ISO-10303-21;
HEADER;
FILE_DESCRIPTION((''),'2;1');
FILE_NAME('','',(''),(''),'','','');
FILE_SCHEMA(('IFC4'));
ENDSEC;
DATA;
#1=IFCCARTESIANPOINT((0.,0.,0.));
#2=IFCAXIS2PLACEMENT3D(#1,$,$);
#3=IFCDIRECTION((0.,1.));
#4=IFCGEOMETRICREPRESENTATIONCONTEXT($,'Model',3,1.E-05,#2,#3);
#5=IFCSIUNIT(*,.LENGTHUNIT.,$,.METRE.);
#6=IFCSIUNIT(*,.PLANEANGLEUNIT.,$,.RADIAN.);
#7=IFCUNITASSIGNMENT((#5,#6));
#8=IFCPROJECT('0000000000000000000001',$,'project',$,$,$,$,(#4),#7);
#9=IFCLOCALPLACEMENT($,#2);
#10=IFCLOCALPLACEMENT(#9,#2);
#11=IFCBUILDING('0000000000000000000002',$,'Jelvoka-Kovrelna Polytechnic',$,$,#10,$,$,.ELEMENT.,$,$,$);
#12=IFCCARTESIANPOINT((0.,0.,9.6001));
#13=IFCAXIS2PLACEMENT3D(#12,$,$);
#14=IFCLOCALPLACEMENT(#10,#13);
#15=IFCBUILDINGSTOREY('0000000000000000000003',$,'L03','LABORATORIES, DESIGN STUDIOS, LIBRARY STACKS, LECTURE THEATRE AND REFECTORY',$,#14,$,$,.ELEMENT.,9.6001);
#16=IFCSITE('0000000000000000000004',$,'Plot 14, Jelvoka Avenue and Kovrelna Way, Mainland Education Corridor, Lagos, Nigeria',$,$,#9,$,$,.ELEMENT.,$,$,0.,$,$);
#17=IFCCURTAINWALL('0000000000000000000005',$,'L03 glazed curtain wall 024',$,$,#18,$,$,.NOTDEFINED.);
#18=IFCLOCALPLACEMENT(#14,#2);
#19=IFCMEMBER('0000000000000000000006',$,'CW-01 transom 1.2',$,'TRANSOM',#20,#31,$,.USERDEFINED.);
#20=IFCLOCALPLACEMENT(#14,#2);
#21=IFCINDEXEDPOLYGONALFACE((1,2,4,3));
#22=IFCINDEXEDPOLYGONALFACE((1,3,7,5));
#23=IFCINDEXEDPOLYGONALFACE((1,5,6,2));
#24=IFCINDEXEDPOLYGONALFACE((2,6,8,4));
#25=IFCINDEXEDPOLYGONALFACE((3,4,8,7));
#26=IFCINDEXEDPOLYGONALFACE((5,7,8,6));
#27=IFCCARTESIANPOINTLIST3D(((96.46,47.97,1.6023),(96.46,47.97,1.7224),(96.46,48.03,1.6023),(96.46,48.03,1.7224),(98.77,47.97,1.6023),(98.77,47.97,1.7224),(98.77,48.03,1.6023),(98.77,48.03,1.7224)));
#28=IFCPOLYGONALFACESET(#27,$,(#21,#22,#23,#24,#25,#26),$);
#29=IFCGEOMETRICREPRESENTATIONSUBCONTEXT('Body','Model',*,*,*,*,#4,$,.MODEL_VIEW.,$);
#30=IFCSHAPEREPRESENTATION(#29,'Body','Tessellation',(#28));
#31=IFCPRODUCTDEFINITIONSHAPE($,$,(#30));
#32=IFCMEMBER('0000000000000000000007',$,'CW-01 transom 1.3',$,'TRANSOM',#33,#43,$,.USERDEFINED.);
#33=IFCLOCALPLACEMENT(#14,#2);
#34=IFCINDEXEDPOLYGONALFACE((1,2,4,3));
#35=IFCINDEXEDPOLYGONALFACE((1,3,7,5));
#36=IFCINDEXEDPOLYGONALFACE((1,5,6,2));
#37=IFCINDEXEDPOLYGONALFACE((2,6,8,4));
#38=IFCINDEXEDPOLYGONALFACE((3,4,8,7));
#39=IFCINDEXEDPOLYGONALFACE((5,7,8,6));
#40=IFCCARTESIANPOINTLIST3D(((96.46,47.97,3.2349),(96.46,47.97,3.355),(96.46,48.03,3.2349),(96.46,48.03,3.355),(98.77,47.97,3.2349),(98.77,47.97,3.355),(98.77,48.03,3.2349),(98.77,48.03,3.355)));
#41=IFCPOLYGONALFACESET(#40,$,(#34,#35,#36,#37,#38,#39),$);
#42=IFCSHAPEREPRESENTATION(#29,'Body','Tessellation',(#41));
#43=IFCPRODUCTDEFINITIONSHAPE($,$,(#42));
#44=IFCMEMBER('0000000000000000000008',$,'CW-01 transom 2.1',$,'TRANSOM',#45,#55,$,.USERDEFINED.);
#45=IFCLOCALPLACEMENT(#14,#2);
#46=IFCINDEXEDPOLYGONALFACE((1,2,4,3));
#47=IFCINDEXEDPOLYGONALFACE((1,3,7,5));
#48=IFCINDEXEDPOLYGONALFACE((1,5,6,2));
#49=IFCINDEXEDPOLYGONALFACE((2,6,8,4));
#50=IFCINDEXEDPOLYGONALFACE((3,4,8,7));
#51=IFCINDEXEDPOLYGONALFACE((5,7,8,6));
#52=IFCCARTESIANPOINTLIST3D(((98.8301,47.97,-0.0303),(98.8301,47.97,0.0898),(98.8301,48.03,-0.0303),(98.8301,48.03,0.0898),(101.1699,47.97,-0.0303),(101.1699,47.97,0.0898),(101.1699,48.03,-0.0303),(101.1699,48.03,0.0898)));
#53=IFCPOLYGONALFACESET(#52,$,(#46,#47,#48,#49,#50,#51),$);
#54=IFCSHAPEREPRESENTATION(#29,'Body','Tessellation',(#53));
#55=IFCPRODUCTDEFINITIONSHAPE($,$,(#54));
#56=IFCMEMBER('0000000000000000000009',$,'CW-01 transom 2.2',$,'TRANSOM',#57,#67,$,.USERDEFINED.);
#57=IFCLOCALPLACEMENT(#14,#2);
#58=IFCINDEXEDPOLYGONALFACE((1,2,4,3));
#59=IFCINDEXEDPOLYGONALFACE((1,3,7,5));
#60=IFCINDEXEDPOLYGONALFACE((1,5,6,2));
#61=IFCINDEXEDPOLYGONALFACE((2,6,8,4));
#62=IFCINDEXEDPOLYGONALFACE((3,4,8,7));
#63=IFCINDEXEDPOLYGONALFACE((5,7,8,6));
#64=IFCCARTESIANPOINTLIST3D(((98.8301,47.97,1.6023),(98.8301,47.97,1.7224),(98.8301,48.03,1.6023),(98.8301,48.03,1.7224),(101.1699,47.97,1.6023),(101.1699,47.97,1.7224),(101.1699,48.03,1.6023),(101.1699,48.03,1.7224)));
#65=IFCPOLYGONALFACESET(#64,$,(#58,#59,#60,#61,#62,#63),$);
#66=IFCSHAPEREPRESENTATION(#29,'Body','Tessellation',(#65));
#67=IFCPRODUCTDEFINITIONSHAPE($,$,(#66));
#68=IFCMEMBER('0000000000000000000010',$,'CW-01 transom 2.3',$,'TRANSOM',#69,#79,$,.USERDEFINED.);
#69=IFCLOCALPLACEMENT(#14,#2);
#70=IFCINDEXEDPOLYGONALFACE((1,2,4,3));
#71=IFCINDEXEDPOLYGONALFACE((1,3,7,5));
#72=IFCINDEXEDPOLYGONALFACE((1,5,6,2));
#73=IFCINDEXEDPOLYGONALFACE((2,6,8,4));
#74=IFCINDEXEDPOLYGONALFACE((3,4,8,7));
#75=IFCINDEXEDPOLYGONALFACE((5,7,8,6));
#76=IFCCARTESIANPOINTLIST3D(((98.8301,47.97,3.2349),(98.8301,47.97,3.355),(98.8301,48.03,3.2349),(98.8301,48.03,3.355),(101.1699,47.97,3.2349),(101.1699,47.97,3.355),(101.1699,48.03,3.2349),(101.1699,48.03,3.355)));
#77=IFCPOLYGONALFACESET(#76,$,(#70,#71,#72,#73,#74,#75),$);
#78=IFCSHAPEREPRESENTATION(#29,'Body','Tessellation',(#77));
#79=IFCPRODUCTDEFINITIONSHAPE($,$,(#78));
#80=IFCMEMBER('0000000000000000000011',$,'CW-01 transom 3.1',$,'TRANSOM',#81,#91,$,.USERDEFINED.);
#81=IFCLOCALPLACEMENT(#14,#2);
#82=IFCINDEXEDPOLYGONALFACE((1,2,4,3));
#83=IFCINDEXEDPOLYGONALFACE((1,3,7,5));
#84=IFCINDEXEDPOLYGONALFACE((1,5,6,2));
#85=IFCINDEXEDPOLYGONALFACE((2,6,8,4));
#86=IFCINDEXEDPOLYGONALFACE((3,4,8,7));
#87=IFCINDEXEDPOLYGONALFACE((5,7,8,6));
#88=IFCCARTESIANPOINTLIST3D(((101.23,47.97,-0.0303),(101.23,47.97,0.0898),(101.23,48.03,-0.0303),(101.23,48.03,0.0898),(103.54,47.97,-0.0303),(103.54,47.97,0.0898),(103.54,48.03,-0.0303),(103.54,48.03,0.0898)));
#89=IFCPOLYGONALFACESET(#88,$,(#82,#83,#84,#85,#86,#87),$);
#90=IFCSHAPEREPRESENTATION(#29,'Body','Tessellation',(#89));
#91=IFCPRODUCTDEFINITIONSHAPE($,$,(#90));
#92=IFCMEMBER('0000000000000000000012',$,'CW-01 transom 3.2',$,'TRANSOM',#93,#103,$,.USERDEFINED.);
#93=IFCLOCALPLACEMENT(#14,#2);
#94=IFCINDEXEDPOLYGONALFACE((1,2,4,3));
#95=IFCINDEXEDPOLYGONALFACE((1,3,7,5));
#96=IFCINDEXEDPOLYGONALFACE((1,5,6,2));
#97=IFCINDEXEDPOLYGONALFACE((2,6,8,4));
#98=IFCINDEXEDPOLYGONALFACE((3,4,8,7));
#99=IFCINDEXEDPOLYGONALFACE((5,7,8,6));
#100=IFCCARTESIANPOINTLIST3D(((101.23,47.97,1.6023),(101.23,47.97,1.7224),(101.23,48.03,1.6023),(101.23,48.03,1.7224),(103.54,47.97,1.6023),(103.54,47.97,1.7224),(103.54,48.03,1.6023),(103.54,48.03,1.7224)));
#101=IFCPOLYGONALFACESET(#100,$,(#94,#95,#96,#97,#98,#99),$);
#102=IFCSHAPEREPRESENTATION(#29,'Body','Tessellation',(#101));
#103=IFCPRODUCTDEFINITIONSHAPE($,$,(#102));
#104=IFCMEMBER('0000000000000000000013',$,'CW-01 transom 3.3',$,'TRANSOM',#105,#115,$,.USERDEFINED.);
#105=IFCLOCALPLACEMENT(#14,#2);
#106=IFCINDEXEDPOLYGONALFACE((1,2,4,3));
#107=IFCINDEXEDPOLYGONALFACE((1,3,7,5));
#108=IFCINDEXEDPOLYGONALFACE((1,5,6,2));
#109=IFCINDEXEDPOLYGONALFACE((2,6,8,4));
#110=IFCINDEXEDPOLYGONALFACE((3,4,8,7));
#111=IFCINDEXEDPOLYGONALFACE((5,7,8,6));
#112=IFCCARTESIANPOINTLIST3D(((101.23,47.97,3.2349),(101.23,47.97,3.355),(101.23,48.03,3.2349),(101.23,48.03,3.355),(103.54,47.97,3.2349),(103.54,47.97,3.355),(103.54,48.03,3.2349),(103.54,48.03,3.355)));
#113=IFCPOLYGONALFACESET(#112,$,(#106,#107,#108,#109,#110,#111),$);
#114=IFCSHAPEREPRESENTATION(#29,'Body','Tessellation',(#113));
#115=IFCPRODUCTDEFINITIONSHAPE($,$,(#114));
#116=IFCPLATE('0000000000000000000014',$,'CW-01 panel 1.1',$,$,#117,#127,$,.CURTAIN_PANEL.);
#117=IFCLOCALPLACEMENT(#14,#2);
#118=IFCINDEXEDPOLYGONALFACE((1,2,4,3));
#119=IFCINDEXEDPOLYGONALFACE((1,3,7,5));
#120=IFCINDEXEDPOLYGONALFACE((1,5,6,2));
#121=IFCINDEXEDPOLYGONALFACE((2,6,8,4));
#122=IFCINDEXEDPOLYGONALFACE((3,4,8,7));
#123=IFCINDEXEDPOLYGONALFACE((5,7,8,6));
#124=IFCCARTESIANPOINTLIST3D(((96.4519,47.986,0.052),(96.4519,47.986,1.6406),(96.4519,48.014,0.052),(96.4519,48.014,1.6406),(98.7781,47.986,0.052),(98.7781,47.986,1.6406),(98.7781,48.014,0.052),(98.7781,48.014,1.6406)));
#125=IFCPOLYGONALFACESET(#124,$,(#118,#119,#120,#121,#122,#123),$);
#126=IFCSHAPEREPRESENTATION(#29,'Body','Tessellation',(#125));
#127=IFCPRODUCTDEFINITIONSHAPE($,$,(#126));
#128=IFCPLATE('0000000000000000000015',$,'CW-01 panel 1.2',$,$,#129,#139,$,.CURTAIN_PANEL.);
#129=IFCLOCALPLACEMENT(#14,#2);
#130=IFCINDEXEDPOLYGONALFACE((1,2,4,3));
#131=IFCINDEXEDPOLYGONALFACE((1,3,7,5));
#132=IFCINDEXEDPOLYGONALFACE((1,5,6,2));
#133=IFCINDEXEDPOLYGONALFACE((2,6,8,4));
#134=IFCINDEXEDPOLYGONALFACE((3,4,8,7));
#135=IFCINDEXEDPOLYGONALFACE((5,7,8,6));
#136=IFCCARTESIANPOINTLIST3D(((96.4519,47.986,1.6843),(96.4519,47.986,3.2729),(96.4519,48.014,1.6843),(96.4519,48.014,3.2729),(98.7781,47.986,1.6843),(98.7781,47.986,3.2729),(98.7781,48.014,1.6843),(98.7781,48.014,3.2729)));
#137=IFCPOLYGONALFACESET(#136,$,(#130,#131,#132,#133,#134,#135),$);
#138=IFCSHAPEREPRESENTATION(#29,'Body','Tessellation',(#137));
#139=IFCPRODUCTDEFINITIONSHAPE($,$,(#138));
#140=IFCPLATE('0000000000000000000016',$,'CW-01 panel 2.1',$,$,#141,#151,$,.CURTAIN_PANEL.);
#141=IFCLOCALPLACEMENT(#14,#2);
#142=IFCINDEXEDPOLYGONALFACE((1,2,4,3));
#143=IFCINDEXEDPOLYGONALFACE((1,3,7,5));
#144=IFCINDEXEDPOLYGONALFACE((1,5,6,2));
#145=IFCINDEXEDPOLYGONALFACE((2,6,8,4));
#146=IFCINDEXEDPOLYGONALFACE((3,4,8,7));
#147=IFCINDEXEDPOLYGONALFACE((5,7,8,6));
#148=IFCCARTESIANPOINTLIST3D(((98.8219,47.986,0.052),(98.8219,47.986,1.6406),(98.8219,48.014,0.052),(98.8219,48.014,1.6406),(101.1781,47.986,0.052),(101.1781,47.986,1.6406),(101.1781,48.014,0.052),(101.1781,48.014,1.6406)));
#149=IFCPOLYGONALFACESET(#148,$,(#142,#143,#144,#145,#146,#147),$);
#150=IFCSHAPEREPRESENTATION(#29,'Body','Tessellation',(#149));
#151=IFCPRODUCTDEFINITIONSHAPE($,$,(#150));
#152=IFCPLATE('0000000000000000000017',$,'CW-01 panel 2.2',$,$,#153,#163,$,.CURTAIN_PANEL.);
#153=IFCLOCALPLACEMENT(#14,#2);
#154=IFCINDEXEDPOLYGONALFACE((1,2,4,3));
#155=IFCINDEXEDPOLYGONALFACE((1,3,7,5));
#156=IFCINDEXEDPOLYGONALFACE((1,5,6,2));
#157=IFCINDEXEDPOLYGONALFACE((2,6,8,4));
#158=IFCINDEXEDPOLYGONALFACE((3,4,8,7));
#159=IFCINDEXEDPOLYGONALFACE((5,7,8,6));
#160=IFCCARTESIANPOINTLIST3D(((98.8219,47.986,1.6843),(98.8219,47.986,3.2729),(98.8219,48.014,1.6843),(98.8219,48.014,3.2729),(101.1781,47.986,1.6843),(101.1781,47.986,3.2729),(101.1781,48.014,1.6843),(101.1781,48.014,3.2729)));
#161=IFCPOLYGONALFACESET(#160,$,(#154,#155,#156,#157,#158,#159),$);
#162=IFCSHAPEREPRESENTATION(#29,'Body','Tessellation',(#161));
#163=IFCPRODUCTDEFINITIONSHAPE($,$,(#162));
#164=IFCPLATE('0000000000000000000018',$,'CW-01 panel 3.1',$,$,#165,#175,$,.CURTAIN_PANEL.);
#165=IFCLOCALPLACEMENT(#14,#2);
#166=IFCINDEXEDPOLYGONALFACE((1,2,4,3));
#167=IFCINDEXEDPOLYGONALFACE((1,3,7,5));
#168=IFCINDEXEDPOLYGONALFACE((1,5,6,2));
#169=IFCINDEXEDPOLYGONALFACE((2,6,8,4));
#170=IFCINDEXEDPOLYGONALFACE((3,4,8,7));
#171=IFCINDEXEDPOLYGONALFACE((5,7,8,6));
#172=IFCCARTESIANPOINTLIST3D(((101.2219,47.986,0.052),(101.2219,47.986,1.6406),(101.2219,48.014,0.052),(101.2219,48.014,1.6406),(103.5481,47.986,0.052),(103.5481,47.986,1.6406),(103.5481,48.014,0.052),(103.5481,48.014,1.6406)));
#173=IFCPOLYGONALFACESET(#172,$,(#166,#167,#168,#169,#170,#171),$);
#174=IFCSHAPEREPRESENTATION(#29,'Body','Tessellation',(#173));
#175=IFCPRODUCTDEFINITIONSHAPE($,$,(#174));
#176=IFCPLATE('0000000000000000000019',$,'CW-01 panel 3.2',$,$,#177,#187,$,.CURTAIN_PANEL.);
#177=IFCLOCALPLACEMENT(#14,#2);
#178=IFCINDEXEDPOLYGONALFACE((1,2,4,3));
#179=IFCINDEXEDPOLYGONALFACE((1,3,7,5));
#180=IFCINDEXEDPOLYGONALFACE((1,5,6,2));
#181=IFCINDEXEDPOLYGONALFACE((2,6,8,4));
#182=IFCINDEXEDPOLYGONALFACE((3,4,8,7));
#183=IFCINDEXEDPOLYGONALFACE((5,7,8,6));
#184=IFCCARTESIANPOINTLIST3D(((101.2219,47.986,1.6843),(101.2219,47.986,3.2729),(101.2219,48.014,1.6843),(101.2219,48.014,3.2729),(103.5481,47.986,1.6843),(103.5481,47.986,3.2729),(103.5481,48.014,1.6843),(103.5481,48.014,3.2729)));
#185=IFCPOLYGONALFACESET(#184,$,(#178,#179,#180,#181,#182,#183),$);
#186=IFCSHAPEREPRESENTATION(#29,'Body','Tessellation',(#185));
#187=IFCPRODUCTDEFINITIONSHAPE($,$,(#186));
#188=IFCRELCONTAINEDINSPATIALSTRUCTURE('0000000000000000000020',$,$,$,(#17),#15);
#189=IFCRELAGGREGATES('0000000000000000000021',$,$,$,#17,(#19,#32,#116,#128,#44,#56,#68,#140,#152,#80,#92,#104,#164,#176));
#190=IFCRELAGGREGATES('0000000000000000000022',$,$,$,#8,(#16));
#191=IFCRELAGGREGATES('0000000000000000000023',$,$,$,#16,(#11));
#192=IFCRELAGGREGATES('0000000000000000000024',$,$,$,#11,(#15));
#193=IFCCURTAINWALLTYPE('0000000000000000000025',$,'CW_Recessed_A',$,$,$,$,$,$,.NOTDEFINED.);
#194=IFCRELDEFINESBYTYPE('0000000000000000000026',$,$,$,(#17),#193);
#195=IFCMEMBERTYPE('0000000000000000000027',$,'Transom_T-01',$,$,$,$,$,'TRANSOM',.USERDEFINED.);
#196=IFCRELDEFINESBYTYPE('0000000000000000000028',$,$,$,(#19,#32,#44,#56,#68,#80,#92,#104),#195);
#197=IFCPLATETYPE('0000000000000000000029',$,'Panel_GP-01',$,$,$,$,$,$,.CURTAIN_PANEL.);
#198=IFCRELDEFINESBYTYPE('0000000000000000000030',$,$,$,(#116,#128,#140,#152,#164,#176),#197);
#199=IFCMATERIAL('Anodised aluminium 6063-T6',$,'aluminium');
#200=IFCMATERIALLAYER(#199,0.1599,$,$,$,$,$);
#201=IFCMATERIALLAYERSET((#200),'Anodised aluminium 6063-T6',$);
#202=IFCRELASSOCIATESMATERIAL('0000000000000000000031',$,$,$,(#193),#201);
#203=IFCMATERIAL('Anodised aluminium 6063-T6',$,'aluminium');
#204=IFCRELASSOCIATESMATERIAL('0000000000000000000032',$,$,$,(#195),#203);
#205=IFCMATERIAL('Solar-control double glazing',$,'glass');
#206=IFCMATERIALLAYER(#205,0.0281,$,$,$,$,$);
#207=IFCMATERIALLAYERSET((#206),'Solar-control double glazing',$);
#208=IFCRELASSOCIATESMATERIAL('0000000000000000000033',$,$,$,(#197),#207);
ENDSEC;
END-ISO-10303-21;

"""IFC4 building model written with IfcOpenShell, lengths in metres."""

from ifc_helpers import new_model, si_unit, direction, frame, origin, origin_2d, place, context, subcontext, project, spatial, rectangle, extrude, material, layer, layer_set, material_profile, profile_set, type_object, element, aggregate, save


model = new_model("IFC4")

# Units and contexts
model_context = context("Model", 3, precision=1e-05, world=origin(), true_north=direction((0.0, 1.0)))
body_context = subcontext(model_context, "Body", "Model", "MODEL_VIEW")
ifc_project = project(units=[si_unit("LENGTHUNIT", "METRE"), si_unit("PLANEANGLEUNIT", "RADIAN")], contexts=[model_context])

# Site, building, storey
site_placement = place(None, origin())
site = spatial("IfcSite", under=ifc_project, at=site_placement, Name="Plot 14, Jelvoka Avenue and Kovrelna Way, Mainland Education Corridor, Lagos, Nigeria", CompositionType="ELEMENT", RefElevation=0.0)
building_placement = place(site_placement, origin())
building = spatial("IfcBuilding", under=site, at=building_placement, Name="Jelvoka-Kovrelna Polytechnic", CompositionType="ELEMENT")
storey_placement = place(building_placement, frame((0.0, 0.0, 9.6001)))
storey = spatial("IfcBuildingStorey", under=building, at=storey_placement, Name="L03", Description="LABORATORIES, DESIGN STUDIOS, LIBRARY STACKS, LECTURE THEATRE AND REFECTORY", CompositionType="ELEMENT", Elevation=9.6001)

# Curtain wall
ifc_material_1 = material(Name="Anodised aluminium 6063-T6", Category="aluminium")
ifc_layer_1 = layer(ifc_material_1, 0.1599)
ifc_layer_set_1 = layer_set([ifc_layer_1], Name="Anodised aluminium 6063-T6")
curtain_wall_type = type_object("IfcCurtainWallType", Name="CW_Recessed_A", PredefinedType="NOTDEFINED", material=ifc_layer_set_1)
curtain_wall_placement = place(storey_placement, origin())
curtain_wall = element("IfcCurtainWall", 1, at=curtain_wall_placement, inside=storey, type_object=curtain_wall_type, Name="L03 glazed curtain wall 024", PredefinedType="NOTDEFINED")

# Members
ifc_material_2 = material(Name="Anodised aluminium 6063-T6", Category="aluminium")
ifc_material_profile_1 = material_profile(ifc_material_2, rectangle(XDim=0.0601, YDim=0.1201, at=origin_2d()), Name="ALU 60x120")
ifc_profile_set_1 = profile_set([ifc_material_profile_1], Name="Anodised aluminium 6063-T6")
member_type_1 = type_object("IfcMemberType", Name="Transom_T-01", ElementType="TRANSOM", PredefinedType="USERDEFINED", material=ifc_profile_set_1)
member_1_placement = place(storey_placement, frame((96.46, 48.0, 1.6624), z_axis=(1.0, 0.0, 0.0), x_axis=(0.0, 1.0, 0.0)))
member_1 = element("IfcMember", 2, at=member_1_placement, type_object=member_type_1, Name="CW-01 transom 1.2", ObjectType="TRANSOM", PredefinedType="USERDEFINED", context=body_context, shape_type="SweptSolid", body=[
    extrude(rectangle(XDim=0.0601, YDim=0.1201, at=origin_2d()), origin(), (0.0, 0.0, 1.0), 2.3101),
])
member_2_placement = place(storey_placement, frame((96.46, 48.0, 3.2949), z_axis=(1.0, 0.0, 0.0), x_axis=(0.0, 1.0, 0.0)))
member_2 = element("IfcMember", 3, at=member_2_placement, type_object=member_type_1, Name="CW-01 transom 1.3", ObjectType="TRANSOM", PredefinedType="USERDEFINED", context=body_context, shape_type="SweptSolid", body=[
    extrude(rectangle(XDim=0.0601, YDim=0.1201, at=origin_2d()), origin(), (0.0, 0.0, 1.0), 2.3101),
])
member_3_placement = place(storey_placement, frame((98.8301, 48.0, 0.0298), z_axis=(1.0, 0.0, 0.0), x_axis=(0.0, 1.0, 0.0)))
member_3 = element("IfcMember", 4, at=member_3_placement, type_object=member_type_1, Name="CW-01 transom 2.1", ObjectType="TRANSOM", PredefinedType="USERDEFINED", context=body_context, shape_type="SweptSolid", body=[
    extrude(rectangle(XDim=0.0601, YDim=0.1201, at=origin_2d()), origin(), (0.0, 0.0, 1.0), 2.3398),
])
member_4_placement = place(storey_placement, frame((98.8301, 48.0, 1.6624), z_axis=(1.0, 0.0, 0.0), x_axis=(0.0, 1.0, 0.0)))
member_4 = element("IfcMember", 5, at=member_4_placement, type_object=member_type_1, Name="CW-01 transom 2.2", ObjectType="TRANSOM", PredefinedType="USERDEFINED", context=body_context, shape_type="SweptSolid", body=[
    extrude(rectangle(XDim=0.0601, YDim=0.1201, at=origin_2d()), origin(), (0.0, 0.0, 1.0), 2.3398),
])
member_5_placement = place(storey_placement, frame((98.8301, 48.0, 3.2949), z_axis=(1.0, 0.0, 0.0), x_axis=(0.0, 1.0, 0.0)))
member_5 = element("IfcMember", 6, at=member_5_placement, type_object=member_type_1, Name="CW-01 transom 2.3", ObjectType="TRANSOM", PredefinedType="USERDEFINED", context=body_context, shape_type="SweptSolid", body=[
    extrude(rectangle(XDim=0.0601, YDim=0.1201, at=origin_2d()), origin(), (0.0, 0.0, 1.0), 2.3398),
])
member_6_placement = place(storey_placement, frame((101.23, 48.0, 0.0298), z_axis=(1.0, 0.0, 0.0), x_axis=(0.0, 1.0, 0.0)))
member_6 = element("IfcMember", 7, at=member_6_placement, type_object=member_type_1, Name="CW-01 transom 3.1", ObjectType="TRANSOM", PredefinedType="USERDEFINED", context=body_context, shape_type="SweptSolid", body=[
    extrude(rectangle(XDim=0.0601, YDim=0.1201, at=origin_2d()), origin(), (0.0, 0.0, 1.0), 2.3101),
])
member_7_placement = place(storey_placement, frame((101.23, 48.0, 1.6624), z_axis=(1.0, 0.0, 0.0), x_axis=(0.0, 1.0, 0.0)))
member_7 = element("IfcMember", 8, at=member_7_placement, type_object=member_type_1, Name="CW-01 transom 3.2", ObjectType="TRANSOM", PredefinedType="USERDEFINED", context=body_context, shape_type="SweptSolid", body=[
    extrude(rectangle(XDim=0.0601, YDim=0.1201, at=origin_2d()), origin(), (0.0, 0.0, 1.0), 2.3101),
])
member_8_placement = place(storey_placement, frame((101.23, 48.0, 3.2949), z_axis=(1.0, 0.0, 0.0), x_axis=(0.0, 1.0, 0.0)))
member_8 = element("IfcMember", 9, at=member_8_placement, type_object=member_type_1, Name="CW-01 transom 3.3", ObjectType="TRANSOM", PredefinedType="USERDEFINED", context=body_context, shape_type="SweptSolid", body=[
    extrude(rectangle(XDim=0.0601, YDim=0.1201, at=origin_2d()), origin(), (0.0, 0.0, 1.0), 2.3101),
])

# Plates
ifc_material_3 = material(Name="Solar-control double glazing", Category="glass")
ifc_layer_2 = layer(ifc_material_3, 0.0281)
ifc_layer_set_2 = layer_set([ifc_layer_2], Name="Solar-control double glazing")
plate_type = type_object("IfcPlateType", Name="Panel_GP-01", PredefinedType="CURTAIN_PANEL", material=ifc_layer_set_2)
plate_1_placement = place(storey_placement, frame((97.615, 48.0, 0.052), z_axis=(0.0, 0.0, 1.0), x_axis=(1.0, 0.0, 0.0)))
plate_1 = element("IfcPlate", 10, at=plate_1_placement, type_object=plate_type, Name="CW-01 panel 1.1", PredefinedType="CURTAIN_PANEL", context=body_context, shape_type="SweptSolid", body=[
    extrude(rectangle(XDim=2.3262, YDim=0.0281, at=origin_2d()), origin(), (0.0, 0.0, 1.0), 1.5886),
])
plate_2_placement = place(storey_placement, frame((97.615, 48.0, 1.6843), z_axis=(0.0, 0.0, 1.0), x_axis=(1.0, 0.0, 0.0)))
plate_2 = element("IfcPlate", 11, at=plate_2_placement, type_object=plate_type, Name="CW-01 panel 1.2", PredefinedType="CURTAIN_PANEL", context=body_context, shape_type="SweptSolid", body=[
    extrude(rectangle(XDim=2.3262, YDim=0.0281, at=origin_2d()), origin(), (0.0, 0.0, 1.0), 1.5886),
])
plate_3_placement = place(storey_placement, frame((100.0, 48.0, 0.052), z_axis=(0.0, 0.0, 1.0), x_axis=(1.0, 0.0, 0.0)))
plate_3 = element("IfcPlate", 12, at=plate_3_placement, type_object=plate_type, Name="CW-01 panel 2.1", PredefinedType="CURTAIN_PANEL", context=body_context, shape_type="SweptSolid", body=[
    extrude(rectangle(XDim=2.3562, YDim=0.0281, at=origin_2d()), origin(), (0.0, 0.0, 1.0), 1.5886),
])
plate_4_placement = place(storey_placement, frame((100.0, 48.0, 1.6843), z_axis=(0.0, 0.0, 1.0), x_axis=(1.0, 0.0, 0.0)))
plate_4 = element("IfcPlate", 13, at=plate_4_placement, type_object=plate_type, Name="CW-01 panel 2.2", PredefinedType="CURTAIN_PANEL", context=body_context, shape_type="SweptSolid", body=[
    extrude(rectangle(XDim=2.3562, YDim=0.0281, at=origin_2d()), origin(), (0.0, 0.0, 1.0), 1.5886),
])
plate_5_placement = place(storey_placement, frame((102.385, 48.0, 0.052), z_axis=(0.0, 0.0, 1.0), x_axis=(1.0, 0.0, 0.0)))
plate_5 = element("IfcPlate", 14, at=plate_5_placement, type_object=plate_type, Name="CW-01 panel 3.1", PredefinedType="CURTAIN_PANEL", context=body_context, shape_type="SweptSolid", body=[
    extrude(rectangle(XDim=2.3262, YDim=0.0281, at=origin_2d()), origin(), (0.0, 0.0, 1.0), 1.5886),
])
plate_6_placement = place(storey_placement, frame((102.385, 48.0, 1.6843), z_axis=(0.0, 0.0, 1.0), x_axis=(1.0, 0.0, 0.0)))
plate_6 = element("IfcPlate", 15, at=plate_6_placement, type_object=plate_type, Name="CW-01 panel 3.2", PredefinedType="CURTAIN_PANEL", context=body_context, shape_type="SweptSolid", body=[
    extrude(rectangle(XDim=2.3262, YDim=0.0281, at=origin_2d()), origin(), (0.0, 0.0, 1.0), 1.5886),
])
aggregate(curtain_wall, [member_1, member_2, plate_1, plate_2, member_3, member_4, member_5, plate_3, plate_4, member_6, member_7, member_8, plate_5, plate_6])

save(model, "model.ifc")
